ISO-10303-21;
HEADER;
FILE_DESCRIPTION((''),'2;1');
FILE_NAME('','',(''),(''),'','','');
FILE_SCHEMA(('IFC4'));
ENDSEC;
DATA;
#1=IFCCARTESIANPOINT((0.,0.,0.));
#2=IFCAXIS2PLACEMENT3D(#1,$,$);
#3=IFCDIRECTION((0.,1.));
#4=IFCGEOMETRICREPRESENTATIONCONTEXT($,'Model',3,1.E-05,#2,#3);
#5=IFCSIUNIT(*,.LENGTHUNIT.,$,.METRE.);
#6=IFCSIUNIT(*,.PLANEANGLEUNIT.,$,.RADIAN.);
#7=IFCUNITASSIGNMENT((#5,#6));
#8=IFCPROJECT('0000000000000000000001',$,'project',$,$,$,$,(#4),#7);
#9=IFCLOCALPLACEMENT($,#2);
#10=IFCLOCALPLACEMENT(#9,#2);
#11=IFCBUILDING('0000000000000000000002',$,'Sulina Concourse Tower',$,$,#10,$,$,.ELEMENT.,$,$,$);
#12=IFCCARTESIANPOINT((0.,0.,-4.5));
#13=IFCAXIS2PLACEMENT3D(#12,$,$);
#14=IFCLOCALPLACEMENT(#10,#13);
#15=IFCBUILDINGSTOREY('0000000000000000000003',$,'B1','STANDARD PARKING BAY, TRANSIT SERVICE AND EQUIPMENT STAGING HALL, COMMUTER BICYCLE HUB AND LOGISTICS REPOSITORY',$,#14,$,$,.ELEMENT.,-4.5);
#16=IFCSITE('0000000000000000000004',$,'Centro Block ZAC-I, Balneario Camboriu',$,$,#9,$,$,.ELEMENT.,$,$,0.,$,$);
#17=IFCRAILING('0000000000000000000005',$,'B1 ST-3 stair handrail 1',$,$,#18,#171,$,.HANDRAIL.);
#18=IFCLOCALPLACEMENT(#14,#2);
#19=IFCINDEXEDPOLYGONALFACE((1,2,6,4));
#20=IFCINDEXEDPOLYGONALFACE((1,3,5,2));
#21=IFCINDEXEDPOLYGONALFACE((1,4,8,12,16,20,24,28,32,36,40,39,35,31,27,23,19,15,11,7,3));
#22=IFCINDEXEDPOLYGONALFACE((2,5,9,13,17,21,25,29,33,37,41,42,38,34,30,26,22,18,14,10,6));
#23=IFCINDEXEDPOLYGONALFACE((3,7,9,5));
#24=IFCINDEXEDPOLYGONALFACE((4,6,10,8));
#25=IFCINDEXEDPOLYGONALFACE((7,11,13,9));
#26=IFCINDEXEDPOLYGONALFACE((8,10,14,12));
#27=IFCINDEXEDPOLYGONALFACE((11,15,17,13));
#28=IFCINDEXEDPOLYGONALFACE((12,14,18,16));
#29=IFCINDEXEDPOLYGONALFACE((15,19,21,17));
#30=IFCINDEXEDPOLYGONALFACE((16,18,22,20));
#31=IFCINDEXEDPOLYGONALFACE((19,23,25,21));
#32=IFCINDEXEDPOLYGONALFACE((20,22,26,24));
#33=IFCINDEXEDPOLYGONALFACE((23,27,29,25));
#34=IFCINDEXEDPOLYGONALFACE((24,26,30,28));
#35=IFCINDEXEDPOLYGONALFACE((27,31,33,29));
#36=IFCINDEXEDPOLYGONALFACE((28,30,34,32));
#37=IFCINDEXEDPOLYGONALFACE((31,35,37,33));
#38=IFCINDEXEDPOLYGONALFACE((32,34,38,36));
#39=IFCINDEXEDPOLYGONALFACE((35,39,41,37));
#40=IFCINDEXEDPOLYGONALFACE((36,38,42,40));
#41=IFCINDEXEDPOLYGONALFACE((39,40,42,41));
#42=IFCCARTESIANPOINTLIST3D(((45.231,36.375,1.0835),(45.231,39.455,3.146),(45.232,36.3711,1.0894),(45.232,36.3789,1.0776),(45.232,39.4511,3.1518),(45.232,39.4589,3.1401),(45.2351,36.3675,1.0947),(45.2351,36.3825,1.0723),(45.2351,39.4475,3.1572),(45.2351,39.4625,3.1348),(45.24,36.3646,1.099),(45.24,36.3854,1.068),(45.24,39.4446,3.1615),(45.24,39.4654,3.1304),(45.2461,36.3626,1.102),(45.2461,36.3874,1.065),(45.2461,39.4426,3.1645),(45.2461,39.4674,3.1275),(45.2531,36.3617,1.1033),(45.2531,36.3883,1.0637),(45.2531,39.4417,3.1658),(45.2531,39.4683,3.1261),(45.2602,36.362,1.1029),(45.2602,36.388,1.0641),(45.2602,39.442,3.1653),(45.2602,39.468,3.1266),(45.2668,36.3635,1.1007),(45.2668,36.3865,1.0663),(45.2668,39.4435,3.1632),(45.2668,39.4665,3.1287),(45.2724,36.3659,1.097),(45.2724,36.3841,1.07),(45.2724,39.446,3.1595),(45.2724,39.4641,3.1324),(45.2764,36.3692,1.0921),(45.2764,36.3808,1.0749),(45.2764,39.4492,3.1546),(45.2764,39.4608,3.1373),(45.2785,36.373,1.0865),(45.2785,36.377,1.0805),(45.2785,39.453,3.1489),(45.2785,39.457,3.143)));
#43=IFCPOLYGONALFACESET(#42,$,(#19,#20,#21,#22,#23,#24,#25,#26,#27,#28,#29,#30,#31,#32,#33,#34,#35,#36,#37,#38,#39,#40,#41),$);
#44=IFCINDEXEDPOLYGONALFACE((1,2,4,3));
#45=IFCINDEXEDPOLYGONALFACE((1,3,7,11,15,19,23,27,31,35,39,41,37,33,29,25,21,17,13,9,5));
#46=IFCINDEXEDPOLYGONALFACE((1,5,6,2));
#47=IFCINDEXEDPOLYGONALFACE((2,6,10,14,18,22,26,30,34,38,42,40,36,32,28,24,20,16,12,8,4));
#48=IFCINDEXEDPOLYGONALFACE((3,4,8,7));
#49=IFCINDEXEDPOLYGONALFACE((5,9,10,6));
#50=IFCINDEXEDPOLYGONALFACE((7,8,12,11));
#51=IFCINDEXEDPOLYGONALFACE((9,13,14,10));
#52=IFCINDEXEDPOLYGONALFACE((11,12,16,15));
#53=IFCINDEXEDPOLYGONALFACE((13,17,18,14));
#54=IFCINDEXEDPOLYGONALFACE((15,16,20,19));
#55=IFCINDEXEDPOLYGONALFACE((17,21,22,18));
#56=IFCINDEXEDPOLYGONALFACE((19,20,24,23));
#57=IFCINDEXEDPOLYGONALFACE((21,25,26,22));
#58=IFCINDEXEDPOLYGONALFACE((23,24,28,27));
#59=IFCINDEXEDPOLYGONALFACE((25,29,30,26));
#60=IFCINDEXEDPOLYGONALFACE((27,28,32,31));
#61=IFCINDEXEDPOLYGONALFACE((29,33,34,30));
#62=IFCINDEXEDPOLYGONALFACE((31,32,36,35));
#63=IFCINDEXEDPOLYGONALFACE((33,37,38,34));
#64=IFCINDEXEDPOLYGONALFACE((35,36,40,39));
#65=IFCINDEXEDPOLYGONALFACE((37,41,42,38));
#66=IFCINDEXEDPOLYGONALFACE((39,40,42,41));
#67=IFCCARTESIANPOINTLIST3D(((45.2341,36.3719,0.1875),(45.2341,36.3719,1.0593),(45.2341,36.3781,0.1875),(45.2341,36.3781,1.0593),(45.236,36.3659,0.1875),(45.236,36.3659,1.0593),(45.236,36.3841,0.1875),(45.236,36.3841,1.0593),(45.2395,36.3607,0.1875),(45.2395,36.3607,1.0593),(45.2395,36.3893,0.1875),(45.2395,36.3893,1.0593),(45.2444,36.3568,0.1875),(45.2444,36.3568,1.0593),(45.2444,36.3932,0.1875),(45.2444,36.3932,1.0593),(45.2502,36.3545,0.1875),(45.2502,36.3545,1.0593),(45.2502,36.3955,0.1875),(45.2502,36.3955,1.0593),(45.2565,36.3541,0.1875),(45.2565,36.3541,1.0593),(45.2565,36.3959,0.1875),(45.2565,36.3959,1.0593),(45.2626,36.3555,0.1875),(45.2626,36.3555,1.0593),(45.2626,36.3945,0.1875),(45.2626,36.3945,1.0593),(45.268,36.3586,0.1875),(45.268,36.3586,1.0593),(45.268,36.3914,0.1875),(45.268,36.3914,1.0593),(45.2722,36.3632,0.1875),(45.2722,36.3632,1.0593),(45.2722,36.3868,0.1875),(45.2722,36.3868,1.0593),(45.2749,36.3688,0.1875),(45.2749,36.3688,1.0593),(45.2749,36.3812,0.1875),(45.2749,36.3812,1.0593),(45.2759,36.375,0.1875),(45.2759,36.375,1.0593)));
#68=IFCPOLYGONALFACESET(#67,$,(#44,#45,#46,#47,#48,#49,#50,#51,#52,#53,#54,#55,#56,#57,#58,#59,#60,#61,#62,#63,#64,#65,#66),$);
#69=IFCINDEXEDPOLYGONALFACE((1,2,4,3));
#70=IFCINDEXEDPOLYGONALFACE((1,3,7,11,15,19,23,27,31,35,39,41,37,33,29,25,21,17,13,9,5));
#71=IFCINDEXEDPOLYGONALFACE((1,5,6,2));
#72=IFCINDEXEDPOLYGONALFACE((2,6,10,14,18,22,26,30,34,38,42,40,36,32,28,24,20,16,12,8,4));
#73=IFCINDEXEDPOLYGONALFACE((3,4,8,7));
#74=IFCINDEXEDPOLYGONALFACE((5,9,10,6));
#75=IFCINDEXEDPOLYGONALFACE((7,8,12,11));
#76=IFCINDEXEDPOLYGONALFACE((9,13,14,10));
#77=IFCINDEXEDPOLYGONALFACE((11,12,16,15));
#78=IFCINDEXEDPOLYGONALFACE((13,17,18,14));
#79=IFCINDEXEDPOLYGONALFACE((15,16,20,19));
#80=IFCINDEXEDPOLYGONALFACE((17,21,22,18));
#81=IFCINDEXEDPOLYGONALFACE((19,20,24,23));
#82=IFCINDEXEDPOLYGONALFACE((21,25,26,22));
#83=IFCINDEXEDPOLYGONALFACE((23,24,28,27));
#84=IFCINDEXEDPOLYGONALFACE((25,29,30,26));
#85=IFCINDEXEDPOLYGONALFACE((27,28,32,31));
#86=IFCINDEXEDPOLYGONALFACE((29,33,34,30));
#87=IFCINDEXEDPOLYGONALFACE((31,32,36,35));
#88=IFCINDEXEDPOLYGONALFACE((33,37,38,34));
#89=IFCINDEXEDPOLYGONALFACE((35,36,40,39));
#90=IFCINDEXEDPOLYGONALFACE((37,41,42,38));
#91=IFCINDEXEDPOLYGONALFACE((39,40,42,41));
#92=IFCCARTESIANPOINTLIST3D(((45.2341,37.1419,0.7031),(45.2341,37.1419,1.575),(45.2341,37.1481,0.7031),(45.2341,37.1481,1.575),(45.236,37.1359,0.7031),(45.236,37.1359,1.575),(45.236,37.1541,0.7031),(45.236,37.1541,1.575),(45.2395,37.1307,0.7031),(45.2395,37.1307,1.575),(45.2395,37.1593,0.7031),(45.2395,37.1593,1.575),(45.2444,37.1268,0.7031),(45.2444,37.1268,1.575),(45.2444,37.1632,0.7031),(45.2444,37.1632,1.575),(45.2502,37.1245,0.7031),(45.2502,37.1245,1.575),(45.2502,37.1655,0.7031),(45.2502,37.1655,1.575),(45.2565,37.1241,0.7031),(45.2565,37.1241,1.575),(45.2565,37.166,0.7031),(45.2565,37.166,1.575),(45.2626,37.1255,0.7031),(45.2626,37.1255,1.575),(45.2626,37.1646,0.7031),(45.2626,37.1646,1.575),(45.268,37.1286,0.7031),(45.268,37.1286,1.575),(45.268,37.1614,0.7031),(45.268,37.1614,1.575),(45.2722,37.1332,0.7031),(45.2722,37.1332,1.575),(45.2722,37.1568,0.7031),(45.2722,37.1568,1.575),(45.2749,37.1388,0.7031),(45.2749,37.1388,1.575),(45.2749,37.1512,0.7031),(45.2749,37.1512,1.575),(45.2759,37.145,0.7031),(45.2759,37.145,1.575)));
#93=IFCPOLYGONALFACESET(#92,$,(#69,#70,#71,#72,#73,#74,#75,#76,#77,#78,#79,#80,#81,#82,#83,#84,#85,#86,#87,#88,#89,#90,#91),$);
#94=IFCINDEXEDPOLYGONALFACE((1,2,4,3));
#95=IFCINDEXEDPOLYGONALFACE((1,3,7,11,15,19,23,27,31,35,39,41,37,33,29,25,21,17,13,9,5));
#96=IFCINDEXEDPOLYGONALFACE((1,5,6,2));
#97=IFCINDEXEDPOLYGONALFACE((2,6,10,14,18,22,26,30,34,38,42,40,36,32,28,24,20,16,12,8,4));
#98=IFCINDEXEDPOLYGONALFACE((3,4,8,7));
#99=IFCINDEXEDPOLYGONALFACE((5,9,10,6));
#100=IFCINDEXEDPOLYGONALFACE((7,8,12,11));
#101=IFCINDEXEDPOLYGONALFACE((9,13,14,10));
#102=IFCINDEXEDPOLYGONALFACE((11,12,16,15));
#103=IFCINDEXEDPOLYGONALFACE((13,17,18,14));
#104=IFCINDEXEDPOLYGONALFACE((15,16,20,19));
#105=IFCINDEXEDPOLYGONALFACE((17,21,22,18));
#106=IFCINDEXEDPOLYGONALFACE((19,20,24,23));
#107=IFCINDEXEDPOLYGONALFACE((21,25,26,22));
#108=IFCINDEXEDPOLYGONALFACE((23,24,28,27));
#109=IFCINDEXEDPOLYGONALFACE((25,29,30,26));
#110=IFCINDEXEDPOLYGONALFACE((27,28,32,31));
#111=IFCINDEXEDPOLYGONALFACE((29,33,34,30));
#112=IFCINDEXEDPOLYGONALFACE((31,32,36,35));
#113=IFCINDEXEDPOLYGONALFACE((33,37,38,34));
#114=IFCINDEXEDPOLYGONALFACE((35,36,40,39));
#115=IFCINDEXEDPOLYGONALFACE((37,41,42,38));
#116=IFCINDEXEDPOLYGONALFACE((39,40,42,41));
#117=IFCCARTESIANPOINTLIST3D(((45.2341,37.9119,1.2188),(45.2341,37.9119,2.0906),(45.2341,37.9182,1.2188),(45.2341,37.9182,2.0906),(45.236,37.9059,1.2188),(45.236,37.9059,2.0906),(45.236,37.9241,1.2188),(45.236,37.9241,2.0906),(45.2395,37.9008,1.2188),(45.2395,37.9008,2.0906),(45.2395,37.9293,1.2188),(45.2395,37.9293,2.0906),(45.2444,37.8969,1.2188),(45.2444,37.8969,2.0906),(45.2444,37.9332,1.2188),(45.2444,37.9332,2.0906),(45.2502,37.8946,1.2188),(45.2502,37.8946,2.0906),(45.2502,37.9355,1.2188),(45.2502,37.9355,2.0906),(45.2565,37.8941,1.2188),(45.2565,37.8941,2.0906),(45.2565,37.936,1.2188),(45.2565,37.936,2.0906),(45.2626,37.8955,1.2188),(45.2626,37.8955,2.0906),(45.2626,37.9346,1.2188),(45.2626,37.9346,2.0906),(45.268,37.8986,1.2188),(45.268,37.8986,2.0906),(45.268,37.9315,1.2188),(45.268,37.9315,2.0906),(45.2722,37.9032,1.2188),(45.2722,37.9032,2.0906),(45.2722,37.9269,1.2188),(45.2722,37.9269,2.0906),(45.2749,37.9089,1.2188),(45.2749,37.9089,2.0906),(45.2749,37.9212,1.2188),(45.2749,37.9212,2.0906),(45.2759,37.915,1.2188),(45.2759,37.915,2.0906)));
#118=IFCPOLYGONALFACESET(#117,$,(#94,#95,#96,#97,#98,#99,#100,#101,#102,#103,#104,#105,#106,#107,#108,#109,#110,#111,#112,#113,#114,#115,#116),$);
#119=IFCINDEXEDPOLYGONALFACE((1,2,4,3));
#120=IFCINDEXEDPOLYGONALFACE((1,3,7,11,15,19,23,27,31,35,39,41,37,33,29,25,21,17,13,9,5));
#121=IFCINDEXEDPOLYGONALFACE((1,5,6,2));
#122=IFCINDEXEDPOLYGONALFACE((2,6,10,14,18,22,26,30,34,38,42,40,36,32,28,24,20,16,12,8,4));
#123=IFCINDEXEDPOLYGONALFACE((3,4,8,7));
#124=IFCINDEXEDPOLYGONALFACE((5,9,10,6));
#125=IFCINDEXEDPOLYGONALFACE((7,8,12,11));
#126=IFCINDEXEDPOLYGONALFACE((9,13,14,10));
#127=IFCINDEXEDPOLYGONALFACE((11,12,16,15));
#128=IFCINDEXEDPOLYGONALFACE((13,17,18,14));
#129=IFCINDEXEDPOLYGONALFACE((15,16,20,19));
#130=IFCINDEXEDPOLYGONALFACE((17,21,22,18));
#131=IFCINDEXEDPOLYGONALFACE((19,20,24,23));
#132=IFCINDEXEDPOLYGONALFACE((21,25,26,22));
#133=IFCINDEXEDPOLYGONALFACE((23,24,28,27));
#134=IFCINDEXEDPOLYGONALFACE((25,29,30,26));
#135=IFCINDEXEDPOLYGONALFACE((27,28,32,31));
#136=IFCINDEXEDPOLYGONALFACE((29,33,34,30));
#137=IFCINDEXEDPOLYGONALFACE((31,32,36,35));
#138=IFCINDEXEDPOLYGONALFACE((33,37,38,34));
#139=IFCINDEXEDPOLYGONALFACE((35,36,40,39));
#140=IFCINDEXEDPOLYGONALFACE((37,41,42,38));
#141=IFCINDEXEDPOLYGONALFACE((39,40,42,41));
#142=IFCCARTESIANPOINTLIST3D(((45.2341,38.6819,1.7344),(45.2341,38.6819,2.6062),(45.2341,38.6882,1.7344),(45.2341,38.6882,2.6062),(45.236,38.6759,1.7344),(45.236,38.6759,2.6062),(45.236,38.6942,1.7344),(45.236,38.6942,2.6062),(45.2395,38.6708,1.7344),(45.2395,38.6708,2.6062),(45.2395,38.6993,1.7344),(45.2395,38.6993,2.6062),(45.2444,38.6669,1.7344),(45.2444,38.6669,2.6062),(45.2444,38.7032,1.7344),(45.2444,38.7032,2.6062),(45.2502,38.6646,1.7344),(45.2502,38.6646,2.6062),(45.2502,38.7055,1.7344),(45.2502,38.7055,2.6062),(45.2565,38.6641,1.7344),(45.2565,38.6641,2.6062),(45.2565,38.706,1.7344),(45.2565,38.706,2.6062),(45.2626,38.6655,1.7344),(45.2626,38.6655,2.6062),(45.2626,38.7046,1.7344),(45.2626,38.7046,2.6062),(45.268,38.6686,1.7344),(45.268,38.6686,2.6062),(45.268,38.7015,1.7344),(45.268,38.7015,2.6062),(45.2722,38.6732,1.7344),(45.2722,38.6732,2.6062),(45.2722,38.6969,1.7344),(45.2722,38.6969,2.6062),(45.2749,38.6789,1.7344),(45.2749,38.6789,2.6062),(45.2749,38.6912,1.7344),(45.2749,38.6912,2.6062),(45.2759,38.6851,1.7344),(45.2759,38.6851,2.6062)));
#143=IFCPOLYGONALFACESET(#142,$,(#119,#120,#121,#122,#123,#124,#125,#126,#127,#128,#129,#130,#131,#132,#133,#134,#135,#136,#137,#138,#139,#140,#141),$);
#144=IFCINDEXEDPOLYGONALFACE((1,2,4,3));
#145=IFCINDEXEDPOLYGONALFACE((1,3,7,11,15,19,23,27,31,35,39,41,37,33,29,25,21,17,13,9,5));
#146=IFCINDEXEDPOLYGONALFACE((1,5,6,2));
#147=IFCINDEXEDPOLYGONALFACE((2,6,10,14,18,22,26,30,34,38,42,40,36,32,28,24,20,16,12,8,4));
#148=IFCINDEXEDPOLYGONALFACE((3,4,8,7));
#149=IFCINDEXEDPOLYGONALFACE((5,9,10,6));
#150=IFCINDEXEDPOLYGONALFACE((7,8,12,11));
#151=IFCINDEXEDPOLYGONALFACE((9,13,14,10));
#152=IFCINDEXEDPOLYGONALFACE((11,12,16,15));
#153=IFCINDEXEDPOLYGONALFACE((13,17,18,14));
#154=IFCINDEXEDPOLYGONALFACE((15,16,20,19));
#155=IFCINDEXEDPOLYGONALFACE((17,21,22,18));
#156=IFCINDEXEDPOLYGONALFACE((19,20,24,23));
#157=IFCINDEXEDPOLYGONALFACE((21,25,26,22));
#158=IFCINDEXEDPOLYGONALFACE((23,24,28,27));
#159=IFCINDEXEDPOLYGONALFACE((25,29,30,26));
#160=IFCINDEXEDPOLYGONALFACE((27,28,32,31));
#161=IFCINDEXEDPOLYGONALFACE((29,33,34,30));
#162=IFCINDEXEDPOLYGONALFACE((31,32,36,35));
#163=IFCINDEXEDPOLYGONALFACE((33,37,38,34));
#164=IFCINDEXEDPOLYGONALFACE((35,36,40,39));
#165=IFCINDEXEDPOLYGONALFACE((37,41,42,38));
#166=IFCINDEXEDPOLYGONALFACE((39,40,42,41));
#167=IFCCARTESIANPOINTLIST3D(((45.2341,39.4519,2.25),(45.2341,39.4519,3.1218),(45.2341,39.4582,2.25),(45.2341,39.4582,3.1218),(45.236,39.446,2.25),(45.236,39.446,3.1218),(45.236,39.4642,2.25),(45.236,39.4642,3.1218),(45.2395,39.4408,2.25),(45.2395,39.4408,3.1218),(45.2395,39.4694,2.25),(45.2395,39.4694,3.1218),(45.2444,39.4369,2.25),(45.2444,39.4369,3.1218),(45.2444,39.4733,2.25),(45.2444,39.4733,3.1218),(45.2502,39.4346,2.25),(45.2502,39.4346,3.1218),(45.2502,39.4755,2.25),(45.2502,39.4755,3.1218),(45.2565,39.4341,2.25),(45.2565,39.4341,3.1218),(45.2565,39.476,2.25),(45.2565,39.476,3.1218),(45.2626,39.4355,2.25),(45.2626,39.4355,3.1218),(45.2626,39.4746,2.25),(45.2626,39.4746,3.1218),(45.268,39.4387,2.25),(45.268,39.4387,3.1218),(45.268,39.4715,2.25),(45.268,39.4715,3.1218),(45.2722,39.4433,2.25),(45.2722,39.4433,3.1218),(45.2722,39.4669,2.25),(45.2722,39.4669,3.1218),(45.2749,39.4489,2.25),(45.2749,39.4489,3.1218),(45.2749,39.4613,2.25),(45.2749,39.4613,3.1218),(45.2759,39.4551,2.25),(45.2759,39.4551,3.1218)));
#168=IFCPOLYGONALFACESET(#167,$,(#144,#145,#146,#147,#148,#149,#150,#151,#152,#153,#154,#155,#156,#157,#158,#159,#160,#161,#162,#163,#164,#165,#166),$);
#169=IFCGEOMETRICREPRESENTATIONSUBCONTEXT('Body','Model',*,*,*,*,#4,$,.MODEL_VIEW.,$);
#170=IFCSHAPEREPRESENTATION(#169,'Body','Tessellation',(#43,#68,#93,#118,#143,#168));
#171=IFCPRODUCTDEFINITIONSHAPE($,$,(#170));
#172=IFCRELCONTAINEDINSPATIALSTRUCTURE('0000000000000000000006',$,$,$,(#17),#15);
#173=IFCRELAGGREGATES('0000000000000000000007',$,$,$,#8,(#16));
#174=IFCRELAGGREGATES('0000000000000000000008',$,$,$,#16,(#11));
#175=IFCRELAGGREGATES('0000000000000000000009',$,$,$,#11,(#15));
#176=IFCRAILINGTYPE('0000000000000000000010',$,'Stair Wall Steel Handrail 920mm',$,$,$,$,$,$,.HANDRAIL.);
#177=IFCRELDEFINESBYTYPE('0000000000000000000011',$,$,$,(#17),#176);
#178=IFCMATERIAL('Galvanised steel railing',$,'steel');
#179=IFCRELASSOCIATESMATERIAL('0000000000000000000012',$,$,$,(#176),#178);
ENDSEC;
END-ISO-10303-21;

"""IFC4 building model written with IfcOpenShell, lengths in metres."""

from ifc_helpers import new_model, si_unit, direction, frame, origin, origin_2d, place, context, subcontext, project, spatial, circle, extrude, material, type_object, element, save


model = new_model("IFC4")

# Units and contexts
model_context = context("Model", 3, precision=1e-05, world=origin(), true_north=direction((0.0, 1.0)))
body_context = subcontext(model_context, "Body", "Model", "MODEL_VIEW")
ifc_project = project(units=[si_unit("LENGTHUNIT", "METRE"), si_unit("PLANEANGLEUNIT", "RADIAN")], contexts=[model_context])

# Site, building, storey
site_placement = place(None, origin())
site = spatial("IfcSite", under=ifc_project, at=site_placement, Name="Centro Block ZAC-I, Balneario Camboriu", CompositionType="ELEMENT", RefElevation=0.0)
building_placement = place(site_placement, origin())
building = spatial("IfcBuilding", under=site, at=building_placement, Name="Sulina Concourse Tower", CompositionType="ELEMENT")
storey_placement = place(building_placement, frame((0.0, 0.0, -4.5)))
storey = spatial("IfcBuildingStorey", under=building, at=storey_placement, Name="B1", Description="STANDARD PARKING BAY, TRANSIT SERVICE AND EQUIPMENT STAGING HALL, COMMUTER BICYCLE HUB AND LOGISTICS REPOSITORY", CompositionType="ELEMENT", Elevation=-4.5)

# Railing
ifc_material_1 = material(Name="Galvanised steel railing", Category="steel")
railing_type_1 = type_object("IfcRailingType", Name="Stair Wall Steel Handrail 920mm", PredefinedType="HANDRAIL", material=ifc_material_1)
for number, where, name in (
    (1, (45.2549, 36.375, 0.1875), "B1 ST-3 stair handrail 1"),
):
    element("IfcRailing", number, at=place(storey_placement, frame(where)), inside=storey, type_object=railing_type_1, Name=name, PredefinedType="HANDRAIL", context=body_context, shape_type="SweptSolid", body=[
        extrude(circle(Radius=0.0239, at=origin_2d()), frame((0.0, 0.0, 0.896), z_axis=(0.0, 0.830914, 0.556401), x_axis=(-1.0, 0.0, 0.0)), (0.0, 0.0, 1.0), 3.7068),
        extrude(circle(Radius=0.021, at=origin_2d()), origin(), (0.0, 0.0, 1.0), 0.8718),
        extrude(circle(Radius=0.021, at=origin_2d()), frame((0.0, 0.77, 0.5156)), (0.0, 0.0, 1.0), 0.8718),
        extrude(circle(Radius=0.021, at=origin_2d()), frame((0.0, 1.54, 1.0312)), (0.0, 0.0, 1.0), 0.8718),
        extrude(circle(Radius=0.021, at=origin_2d()), frame((0.0, 2.3101, 1.5469)), (0.0, 0.0, 1.0), 0.8718),
        extrude(circle(Radius=0.021, at=origin_2d()), frame((0.0, 3.0801, 2.0625)), (0.0, 0.0, 1.0), 0.8718),
    ])

save(model, "model.ifc")
